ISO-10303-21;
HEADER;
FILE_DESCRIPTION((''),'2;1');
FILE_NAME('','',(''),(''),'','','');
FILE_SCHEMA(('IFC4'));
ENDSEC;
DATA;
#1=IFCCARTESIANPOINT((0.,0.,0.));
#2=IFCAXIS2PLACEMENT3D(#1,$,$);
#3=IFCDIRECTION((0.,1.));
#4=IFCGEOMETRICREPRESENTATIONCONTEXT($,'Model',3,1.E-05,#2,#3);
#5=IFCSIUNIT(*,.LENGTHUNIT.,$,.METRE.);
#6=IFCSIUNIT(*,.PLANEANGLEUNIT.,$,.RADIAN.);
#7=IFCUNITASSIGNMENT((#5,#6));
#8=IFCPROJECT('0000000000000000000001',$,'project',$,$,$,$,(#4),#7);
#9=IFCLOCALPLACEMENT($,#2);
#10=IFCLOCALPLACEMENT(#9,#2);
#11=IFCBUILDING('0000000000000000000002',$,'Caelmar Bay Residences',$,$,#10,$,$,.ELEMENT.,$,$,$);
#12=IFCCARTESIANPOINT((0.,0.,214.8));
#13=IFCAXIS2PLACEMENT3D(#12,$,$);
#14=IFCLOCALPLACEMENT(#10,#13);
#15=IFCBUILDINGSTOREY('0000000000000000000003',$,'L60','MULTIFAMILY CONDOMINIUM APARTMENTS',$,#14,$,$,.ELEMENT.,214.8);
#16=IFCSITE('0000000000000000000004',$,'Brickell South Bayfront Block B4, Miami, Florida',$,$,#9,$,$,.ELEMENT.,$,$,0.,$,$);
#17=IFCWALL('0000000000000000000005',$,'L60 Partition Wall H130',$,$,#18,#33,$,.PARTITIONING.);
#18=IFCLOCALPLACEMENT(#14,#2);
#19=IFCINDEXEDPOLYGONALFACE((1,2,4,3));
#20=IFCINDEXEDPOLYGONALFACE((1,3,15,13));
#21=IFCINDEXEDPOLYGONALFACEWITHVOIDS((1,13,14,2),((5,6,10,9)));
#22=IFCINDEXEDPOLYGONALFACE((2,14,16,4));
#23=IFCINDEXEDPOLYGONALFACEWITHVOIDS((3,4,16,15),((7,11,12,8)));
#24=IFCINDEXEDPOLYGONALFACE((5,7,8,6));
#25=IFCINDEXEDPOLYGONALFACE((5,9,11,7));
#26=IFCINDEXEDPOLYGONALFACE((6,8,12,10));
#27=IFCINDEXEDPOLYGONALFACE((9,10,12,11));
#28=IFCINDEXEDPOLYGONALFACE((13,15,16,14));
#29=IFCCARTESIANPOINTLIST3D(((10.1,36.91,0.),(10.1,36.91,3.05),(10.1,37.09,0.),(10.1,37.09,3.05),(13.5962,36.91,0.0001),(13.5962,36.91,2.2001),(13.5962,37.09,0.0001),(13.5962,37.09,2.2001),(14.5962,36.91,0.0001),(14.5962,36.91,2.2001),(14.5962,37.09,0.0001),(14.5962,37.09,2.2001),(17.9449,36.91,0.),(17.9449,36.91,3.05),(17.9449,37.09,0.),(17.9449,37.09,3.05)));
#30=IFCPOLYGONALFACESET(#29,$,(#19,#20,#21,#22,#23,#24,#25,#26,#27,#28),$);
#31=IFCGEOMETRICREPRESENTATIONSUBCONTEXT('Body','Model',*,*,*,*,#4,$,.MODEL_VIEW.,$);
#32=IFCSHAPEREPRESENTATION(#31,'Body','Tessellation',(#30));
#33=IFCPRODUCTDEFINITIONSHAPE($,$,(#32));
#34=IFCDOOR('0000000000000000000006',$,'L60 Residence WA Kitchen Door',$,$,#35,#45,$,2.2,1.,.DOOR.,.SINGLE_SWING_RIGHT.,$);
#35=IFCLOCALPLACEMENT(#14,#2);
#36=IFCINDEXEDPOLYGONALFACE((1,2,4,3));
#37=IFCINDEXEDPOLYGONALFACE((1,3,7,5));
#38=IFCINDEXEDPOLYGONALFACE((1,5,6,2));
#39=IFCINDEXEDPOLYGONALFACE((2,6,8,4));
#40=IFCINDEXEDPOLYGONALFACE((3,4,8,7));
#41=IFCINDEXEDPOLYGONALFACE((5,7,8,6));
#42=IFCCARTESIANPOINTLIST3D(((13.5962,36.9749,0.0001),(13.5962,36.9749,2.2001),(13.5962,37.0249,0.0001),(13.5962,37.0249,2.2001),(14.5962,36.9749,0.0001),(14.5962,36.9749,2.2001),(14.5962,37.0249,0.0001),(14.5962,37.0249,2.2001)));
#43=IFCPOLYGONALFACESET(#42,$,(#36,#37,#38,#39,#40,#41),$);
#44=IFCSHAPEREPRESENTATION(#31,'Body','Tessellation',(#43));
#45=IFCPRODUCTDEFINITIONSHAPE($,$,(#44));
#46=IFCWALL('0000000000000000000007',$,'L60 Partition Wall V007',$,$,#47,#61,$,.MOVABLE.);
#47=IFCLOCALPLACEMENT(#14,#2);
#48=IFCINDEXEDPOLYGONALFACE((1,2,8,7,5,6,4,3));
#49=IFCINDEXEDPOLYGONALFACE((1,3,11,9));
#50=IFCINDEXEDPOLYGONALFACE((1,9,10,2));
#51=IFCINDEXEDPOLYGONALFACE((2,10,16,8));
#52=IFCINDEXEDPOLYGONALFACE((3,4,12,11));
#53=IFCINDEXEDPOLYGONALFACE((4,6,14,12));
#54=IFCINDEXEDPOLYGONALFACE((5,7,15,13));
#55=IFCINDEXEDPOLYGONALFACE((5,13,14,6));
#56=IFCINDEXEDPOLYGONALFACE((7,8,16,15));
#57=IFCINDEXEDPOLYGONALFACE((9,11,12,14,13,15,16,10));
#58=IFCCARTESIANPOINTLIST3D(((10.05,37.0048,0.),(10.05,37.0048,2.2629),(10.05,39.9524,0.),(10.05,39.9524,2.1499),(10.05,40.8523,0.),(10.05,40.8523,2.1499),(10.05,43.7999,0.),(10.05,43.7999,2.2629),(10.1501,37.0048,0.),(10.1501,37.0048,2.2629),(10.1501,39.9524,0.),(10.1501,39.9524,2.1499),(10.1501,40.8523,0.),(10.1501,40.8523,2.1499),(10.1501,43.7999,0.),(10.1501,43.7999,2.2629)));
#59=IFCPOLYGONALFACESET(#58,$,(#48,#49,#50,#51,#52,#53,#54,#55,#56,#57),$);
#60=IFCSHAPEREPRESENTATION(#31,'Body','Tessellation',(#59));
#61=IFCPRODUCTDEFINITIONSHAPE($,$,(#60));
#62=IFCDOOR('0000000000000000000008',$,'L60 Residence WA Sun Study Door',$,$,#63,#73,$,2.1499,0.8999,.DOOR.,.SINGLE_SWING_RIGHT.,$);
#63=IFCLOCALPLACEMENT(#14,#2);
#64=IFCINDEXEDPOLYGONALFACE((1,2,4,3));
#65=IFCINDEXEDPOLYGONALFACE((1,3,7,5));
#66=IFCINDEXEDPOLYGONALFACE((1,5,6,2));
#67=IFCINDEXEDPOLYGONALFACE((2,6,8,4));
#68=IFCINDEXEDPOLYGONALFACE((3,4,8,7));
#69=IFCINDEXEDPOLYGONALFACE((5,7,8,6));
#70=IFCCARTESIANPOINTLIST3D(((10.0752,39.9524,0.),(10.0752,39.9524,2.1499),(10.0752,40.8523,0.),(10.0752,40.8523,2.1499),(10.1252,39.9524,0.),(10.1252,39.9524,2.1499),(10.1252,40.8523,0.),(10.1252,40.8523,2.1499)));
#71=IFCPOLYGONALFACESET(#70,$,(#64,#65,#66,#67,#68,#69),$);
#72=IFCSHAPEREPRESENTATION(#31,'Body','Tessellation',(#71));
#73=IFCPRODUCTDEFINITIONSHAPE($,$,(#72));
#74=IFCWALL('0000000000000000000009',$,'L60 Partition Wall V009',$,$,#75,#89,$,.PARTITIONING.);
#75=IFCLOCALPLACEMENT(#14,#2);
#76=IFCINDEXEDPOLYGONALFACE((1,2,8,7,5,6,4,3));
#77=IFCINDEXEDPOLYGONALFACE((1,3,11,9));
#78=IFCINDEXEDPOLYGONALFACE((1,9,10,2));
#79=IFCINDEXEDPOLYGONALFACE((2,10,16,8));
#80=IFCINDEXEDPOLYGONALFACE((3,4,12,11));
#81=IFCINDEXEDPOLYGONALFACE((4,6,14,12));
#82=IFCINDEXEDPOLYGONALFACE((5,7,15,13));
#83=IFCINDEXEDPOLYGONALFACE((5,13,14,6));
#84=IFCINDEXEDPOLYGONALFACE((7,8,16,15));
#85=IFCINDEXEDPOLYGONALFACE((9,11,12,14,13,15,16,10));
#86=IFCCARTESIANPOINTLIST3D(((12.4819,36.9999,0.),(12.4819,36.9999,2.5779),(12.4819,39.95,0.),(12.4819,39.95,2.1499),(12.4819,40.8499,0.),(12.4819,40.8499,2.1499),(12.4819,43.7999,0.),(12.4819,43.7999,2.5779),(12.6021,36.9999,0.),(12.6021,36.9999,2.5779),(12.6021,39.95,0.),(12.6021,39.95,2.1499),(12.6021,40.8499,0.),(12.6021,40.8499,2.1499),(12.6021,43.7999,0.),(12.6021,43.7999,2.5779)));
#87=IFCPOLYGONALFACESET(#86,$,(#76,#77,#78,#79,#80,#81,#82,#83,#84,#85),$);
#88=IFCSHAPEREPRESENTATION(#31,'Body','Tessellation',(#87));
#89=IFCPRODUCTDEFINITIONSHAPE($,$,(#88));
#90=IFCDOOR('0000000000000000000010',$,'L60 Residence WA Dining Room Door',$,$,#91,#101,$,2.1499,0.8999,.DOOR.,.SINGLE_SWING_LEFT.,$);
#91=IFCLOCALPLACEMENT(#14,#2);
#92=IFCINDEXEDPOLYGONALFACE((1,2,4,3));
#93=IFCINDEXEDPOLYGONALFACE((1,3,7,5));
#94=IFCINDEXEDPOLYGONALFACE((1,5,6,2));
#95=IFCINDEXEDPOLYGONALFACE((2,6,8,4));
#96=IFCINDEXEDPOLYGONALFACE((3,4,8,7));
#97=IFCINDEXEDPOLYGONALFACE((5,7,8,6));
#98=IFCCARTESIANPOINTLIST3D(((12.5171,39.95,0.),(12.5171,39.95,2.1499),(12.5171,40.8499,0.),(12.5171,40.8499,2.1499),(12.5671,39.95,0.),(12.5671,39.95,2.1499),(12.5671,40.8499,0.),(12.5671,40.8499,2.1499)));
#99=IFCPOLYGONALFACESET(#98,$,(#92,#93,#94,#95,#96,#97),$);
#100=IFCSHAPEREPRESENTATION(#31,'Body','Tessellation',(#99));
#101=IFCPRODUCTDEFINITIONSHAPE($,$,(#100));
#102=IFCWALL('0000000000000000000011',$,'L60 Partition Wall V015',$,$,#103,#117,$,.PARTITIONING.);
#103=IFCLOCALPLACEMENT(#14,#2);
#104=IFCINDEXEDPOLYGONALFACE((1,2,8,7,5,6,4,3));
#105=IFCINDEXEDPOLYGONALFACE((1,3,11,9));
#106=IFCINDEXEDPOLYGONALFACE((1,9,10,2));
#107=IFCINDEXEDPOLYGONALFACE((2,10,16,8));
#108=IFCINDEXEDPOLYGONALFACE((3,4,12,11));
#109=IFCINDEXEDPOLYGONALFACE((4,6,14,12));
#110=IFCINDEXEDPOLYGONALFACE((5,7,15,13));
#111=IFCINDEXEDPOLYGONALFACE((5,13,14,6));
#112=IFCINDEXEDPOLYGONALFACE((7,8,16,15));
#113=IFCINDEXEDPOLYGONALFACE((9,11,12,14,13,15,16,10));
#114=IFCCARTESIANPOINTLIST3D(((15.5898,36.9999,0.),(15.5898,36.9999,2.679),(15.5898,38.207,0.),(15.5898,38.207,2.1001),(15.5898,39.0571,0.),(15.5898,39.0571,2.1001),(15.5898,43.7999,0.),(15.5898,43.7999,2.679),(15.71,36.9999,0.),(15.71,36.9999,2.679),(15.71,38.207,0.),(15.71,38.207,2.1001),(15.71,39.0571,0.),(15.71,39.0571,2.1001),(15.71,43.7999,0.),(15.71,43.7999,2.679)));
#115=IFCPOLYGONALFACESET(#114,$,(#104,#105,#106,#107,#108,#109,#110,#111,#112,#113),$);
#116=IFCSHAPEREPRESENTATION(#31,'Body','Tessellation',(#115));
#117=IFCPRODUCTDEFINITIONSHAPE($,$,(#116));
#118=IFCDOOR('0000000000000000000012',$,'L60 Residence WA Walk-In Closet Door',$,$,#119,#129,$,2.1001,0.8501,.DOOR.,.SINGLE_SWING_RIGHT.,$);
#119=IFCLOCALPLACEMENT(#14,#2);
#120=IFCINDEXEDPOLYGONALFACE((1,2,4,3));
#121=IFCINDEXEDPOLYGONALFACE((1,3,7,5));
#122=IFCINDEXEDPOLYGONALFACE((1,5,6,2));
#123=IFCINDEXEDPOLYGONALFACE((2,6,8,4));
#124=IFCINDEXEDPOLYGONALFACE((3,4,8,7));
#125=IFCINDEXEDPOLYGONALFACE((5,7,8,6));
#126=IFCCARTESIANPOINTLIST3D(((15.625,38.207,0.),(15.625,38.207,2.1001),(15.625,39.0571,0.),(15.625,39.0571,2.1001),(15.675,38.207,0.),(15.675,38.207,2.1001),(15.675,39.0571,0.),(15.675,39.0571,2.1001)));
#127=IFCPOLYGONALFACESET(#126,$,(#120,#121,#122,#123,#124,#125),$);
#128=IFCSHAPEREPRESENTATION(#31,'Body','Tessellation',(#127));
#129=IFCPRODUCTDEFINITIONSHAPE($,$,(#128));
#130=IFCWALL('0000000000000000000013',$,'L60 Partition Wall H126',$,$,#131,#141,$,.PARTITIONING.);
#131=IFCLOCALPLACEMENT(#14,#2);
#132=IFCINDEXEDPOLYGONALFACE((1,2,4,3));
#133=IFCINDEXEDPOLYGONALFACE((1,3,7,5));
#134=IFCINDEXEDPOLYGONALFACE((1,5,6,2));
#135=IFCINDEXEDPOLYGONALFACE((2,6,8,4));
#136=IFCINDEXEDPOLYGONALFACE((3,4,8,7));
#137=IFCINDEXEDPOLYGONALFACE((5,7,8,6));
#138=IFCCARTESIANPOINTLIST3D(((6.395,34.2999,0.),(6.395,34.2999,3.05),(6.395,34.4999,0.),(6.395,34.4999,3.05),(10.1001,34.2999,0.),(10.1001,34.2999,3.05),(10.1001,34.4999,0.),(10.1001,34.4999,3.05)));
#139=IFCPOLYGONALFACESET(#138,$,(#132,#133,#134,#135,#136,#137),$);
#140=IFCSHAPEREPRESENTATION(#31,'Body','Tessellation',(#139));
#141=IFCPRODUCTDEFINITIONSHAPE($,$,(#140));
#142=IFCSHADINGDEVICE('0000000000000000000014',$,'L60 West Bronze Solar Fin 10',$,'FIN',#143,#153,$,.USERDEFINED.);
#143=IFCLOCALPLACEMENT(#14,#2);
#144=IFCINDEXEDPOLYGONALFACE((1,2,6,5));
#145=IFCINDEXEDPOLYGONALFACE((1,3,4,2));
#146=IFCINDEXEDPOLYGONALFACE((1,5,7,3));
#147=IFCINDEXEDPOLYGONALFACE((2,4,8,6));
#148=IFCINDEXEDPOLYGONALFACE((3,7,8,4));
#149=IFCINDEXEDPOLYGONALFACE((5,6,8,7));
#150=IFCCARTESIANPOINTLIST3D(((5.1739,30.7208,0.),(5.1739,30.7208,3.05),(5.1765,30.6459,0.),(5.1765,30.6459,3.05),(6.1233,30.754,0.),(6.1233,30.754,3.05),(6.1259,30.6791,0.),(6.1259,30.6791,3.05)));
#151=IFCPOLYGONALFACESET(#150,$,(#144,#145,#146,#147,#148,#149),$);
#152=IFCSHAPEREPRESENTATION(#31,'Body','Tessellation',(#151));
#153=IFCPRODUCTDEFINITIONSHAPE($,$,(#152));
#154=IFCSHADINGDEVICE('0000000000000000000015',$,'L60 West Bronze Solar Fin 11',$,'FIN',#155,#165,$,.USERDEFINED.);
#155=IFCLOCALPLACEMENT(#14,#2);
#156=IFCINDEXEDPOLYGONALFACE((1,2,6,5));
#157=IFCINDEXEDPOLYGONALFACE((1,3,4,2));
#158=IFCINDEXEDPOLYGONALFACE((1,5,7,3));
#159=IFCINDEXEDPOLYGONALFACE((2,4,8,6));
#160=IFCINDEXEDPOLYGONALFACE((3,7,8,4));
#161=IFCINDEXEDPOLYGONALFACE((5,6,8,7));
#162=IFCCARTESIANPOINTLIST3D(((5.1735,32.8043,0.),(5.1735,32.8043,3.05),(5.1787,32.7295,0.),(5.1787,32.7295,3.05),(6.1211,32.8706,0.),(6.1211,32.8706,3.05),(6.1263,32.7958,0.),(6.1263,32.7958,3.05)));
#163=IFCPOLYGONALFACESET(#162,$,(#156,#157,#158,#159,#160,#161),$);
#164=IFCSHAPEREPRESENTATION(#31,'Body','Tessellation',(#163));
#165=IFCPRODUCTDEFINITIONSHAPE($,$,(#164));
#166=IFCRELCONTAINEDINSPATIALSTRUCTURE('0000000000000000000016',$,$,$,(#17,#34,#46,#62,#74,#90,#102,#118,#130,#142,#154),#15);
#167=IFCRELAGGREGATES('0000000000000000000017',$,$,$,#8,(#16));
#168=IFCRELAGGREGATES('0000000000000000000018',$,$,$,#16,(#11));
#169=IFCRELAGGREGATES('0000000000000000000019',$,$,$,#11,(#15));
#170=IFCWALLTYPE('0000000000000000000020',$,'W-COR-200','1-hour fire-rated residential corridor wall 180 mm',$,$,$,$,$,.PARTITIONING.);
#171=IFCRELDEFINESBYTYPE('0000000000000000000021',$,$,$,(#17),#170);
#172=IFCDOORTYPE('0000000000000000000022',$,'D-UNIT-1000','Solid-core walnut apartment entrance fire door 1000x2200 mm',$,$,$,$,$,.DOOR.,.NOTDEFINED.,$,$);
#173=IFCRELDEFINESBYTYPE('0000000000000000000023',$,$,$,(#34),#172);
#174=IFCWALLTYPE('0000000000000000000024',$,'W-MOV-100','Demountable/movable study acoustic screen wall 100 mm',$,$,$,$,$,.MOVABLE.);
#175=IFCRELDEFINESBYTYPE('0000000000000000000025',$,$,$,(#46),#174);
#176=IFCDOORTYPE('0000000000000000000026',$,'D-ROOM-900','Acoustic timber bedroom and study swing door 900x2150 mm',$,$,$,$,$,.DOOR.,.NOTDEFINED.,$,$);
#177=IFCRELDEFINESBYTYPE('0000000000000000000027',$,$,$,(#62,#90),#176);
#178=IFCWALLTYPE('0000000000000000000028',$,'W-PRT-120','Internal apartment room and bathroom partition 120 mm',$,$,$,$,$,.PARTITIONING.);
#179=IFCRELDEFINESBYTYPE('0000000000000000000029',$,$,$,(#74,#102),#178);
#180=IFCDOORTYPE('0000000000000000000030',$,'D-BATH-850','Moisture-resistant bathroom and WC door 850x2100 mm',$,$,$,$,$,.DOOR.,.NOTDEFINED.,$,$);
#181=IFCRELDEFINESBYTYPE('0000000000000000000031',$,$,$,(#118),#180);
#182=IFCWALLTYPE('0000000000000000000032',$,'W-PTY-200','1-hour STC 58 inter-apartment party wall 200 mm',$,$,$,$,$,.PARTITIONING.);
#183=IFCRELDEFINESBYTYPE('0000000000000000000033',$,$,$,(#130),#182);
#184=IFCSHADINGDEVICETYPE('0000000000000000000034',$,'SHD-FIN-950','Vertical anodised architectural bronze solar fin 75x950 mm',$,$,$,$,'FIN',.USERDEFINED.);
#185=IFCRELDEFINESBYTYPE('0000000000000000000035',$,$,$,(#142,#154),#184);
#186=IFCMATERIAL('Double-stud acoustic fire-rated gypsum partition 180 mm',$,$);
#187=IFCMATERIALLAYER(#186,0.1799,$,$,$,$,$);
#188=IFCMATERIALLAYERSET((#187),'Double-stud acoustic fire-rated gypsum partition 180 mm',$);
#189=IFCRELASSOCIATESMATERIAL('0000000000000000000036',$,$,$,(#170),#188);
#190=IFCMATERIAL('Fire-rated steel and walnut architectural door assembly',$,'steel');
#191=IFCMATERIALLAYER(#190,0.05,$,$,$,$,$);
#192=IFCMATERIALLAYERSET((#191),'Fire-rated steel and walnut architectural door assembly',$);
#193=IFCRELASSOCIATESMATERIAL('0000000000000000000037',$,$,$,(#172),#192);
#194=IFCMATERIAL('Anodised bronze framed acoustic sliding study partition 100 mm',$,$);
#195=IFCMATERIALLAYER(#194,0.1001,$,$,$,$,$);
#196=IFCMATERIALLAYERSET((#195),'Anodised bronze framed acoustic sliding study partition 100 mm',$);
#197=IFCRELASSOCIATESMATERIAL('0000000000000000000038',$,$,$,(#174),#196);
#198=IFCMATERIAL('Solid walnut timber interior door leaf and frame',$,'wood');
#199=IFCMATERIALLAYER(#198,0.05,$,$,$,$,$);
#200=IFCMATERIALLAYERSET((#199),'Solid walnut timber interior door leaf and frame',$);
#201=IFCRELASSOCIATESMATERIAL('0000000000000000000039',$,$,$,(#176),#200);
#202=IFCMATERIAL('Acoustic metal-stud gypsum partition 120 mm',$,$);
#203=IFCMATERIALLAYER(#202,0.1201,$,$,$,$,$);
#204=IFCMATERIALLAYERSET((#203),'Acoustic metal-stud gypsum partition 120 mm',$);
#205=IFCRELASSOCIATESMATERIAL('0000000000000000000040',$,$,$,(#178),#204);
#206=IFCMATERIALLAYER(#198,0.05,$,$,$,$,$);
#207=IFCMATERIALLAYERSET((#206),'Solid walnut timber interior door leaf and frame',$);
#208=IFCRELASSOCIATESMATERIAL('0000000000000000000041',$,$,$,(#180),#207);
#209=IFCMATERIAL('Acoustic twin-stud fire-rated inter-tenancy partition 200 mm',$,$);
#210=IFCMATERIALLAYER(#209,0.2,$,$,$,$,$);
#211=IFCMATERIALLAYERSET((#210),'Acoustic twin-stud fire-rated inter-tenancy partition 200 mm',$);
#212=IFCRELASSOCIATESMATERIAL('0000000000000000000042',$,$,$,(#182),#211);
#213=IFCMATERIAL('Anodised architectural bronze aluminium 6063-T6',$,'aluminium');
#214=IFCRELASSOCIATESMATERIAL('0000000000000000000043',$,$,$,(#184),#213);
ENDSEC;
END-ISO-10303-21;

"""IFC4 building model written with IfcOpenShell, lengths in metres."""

from ifc_helpers import new_model, si_unit, direction, frame, frame_2d, origin, origin_2d, place, context, subcontext, project, spatial, rectangle, extrude, material, layer, layer_set, material_profile, profile_set, type_object, element, fill, save


model = new_model("IFC4")

# Units and contexts
model_context = context("Model", 3, precision=1e-05, world=origin(), true_north=direction((0.0, 1.0)))
body_context = subcontext(model_context, "Body", "Model", "MODEL_VIEW")
ifc_project = project(units=[si_unit("LENGTHUNIT", "METRE"), si_unit("PLANEANGLEUNIT", "RADIAN")], contexts=[model_context])

# Site, building, storey
site_placement = place(None, origin())
site = spatial("IfcSite", under=ifc_project, at=site_placement, Name="Brickell South Bayfront Block B4, Miami, Florida", CompositionType="ELEMENT", RefElevation=0.0)
building_placement = place(site_placement, origin())
building = spatial("IfcBuilding", under=site, at=building_placement, Name="Caelmar Bay Residences", CompositionType="ELEMENT")
storey_placement = place(building_placement, frame((0.0, 0.0, 214.8)))
storey = spatial("IfcBuildingStorey", under=building, at=storey_placement, Name="L60", Description="MULTIFAMILY CONDOMINIUM APARTMENTS", CompositionType="ELEMENT", Elevation=214.8)

# Shared definitions
ifc_material_1 = material(Name="Fire-rated steel and walnut architectural door assembly", Category="steel")

# Shared definitions
ifc_material_2 = material(Name="Double-stud acoustic fire-rated gypsum partition 180 mm")
ifc_layer_1 = layer(ifc_material_2, 0.1799)
ifc_layer_set_1 = layer_set([ifc_layer_1], Name="Double-stud acoustic fire-rated gypsum partition 180 mm")
wall_type_1 = type_object("IfcWallType", Name="W-COR-200", Description="1-hour fire-rated residential corridor wall 180 mm", PredefinedType="PARTITIONING", material=ifc_layer_set_1)

# Shared definitions
ifc_layer_2 = layer(ifc_material_1, 0.05)
ifc_layer_set_2 = layer_set([ifc_layer_2], Name="Fire-rated steel and walnut architectural door assembly")
door_type_1 = type_object("IfcDoorType", Name="D-UNIT-1000", Description="Solid-core walnut apartment entrance fire door 1000x2200 mm", OperationType="NOTDEFINED", PredefinedType="DOOR", material=ifc_layer_set_2)

# Walls, openings, doors
wall_1_placement = place(storey_placement, frame((10.1001, 37.0, 0.0), z_axis=(0.0, 0.0, 1.0), x_axis=(1.0, 0.0, 0.0)))
wall_1 = element("IfcWall", 1, at=wall_1_placement, inside=storey, type_object=wall_type_1, Name="L60 Partition Wall H130", PredefinedType="PARTITIONING", context=body_context, shape_type="SweptSolid", body=[
    extrude(rectangle(XDim=7.845, YDim=0.1799, at=frame_2d((3.9224, 0.0))), origin(), (0.0, 0.0, 1.0), 3.05),
])
opening_1_placement = place(wall_1_placement, frame((3.4961, 0.0, 0.0)))
opening_1 = element("IfcOpeningElement", 2, at=opening_1_placement, cuts=wall_1, PredefinedType="OPENING", context=body_context, shape_type="SweptSolid", body=[
    extrude(rectangle(XDim=1.0, YDim=2.2, at=frame_2d((0.5, 1.1001))), frame((0.0, 0.0999, 0.0), z_axis=(0.0, -1.0, 0.0), x_axis=(1.0, 0.0, 0.0)), (0.0, 0.0, 1.0), 0.2),
])
door_1_placement = place(opening_1_placement, origin())
door_1 = element("IfcDoor", 3, at=door_1_placement, inside=storey, type_object=door_type_1, Name="L60 Residence WA Kitchen Door", OperationType="SINGLE_SWING_RIGHT", OverallHeight=2.2, OverallWidth=1.0, PredefinedType="DOOR", context=body_context, shape_type="SweptSolid", body=[
    extrude(rectangle(XDim=1.0, YDim=2.2, at=frame_2d((0.5, 1.1001))), frame((0.0, 0.0249, 0.0), z_axis=(0.0, -1.0, 0.0), x_axis=(1.0, 0.0, 0.0)), (0.0, 0.0, 1.0), 0.05),
])
fill(opening_1, door_1)
ifc_material_3 = material(Name="Anodised bronze framed acoustic sliding study partition 100 mm")
ifc_layer_3 = layer(ifc_material_3, 0.1001)
ifc_layer_set_3 = layer_set([ifc_layer_3], Name="Anodised bronze framed acoustic sliding study partition 100 mm")
wall_type_2 = type_object("IfcWallType", Name="W-MOV-100", Description="Demountable/movable study acoustic screen wall 100 mm", PredefinedType="MOVABLE", material=ifc_layer_set_3)
wall_2_placement = place(storey_placement, frame((10.1001, 37.0049, 0.0), z_axis=(0.0, 0.0, 1.0), x_axis=(0.0, 1.0, 0.0)))
wall_2 = element("IfcWall", 4, at=wall_2_placement, inside=storey, type_object=wall_type_2, Name="L60 Partition Wall V007", PredefinedType="MOVABLE", context=body_context, shape_type="SweptSolid", body=[
    extrude(rectangle(XDim=6.7952, YDim=0.1001, at=frame_2d((3.3975, 0.0))), origin(), (0.0, 0.0, 1.0), 2.2629),
])
opening_2_placement = place(wall_2_placement, frame((2.9475, 0.0, 0.0)))
opening_2 = element("IfcOpeningElement", 5, at=opening_2_placement, cuts=wall_2, PredefinedType="OPENING", context=body_context, shape_type="SweptSolid", body=[
    extrude(rectangle(XDim=0.8999, YDim=2.1499, at=frame_2d((0.45, 1.075))), frame((0.0, 0.0601, 0.0), z_axis=(0.0, -1.0, 0.0), x_axis=(1.0, 0.0, 0.0)), (0.0, 0.0, 1.0), 0.1201),
])
ifc_material_4 = material(Name="Solid walnut timber interior door leaf and frame", Category="wood")
ifc_layer_4 = layer(ifc_material_4, 0.05)
ifc_layer_set_4 = layer_set([ifc_layer_4], Name="Solid walnut timber interior door leaf and frame")
door_type_2 = type_object("IfcDoorType", Name="D-ROOM-900", Description="Acoustic timber bedroom and study swing door 900x2150 mm", OperationType="NOTDEFINED", PredefinedType="DOOR", material=ifc_layer_set_4)
door_2_placement = place(opening_2_placement, origin())
door_2 = element("IfcDoor", 6, at=door_2_placement, inside=storey, type_object=door_type_2, Name="L60 Residence WA Sun Study Door", OperationType="SINGLE_SWING_RIGHT", OverallHeight=2.1499, OverallWidth=0.8999, PredefinedType="DOOR", context=body_context, shape_type="SweptSolid", body=[
    extrude(rectangle(XDim=0.8999, YDim=2.1499, at=frame_2d((0.45, 1.075))), frame((0.0, 0.0249, 0.0), z_axis=(0.0, -1.0, 0.0), x_axis=(1.0, 0.0, 0.0)), (0.0, 0.0, 1.0), 0.05),
])
fill(opening_2, door_2)
ifc_material_5 = material(Name="Acoustic metal-stud gypsum partition 120 mm")
ifc_layer_5 = layer(ifc_material_5, 0.1201)
ifc_layer_set_5 = layer_set([ifc_layer_5], Name="Acoustic metal-stud gypsum partition 120 mm")
wall_type_3 = type_object("IfcWallType", Name="W-PRT-120", Description="Internal apartment room and bathroom partition 120 mm", PredefinedType="PARTITIONING", material=ifc_layer_set_5)
wall_3_placement = place(storey_placement, frame((12.542, 37.0, 0.0), z_axis=(0.0, 0.0, 1.0), x_axis=(0.0, 1.0, 0.0)))
wall_3 = element("IfcWall", 7, at=wall_3_placement, inside=storey, type_object=wall_type_3, Name="L60 Partition Wall V009", PredefinedType="PARTITIONING", context=body_context, shape_type="SweptSolid", body=[
    extrude(rectangle(XDim=6.8, YDim=0.1201, at=frame_2d((3.3999, 0.0))), origin(), (0.0, 0.0, 1.0), 2.5779),
])
opening_3_placement = place(wall_3_placement, frame((2.95, 0.0, 0.0)))
opening_3 = element("IfcOpeningElement", 8, at=opening_3_placement, cuts=wall_3, PredefinedType="OPENING", context=body_context, shape_type="SweptSolid", body=[
    extrude(rectangle(XDim=0.8999, YDim=2.1499, at=frame_2d((0.45, 1.075))), frame((0.0, 0.0701, 0.0), z_axis=(0.0, -1.0, 0.0), x_axis=(1.0, 0.0, 0.0)), (0.0, 0.0, 1.0), 0.1401),
])
door_3_placement = place(opening_3_placement, origin())
door_3 = element("IfcDoor", 9, at=door_3_placement, inside=storey, type_object=door_type_2, Name="L60 Residence WA Dining Room Door", OperationType="SINGLE_SWING_LEFT", OverallHeight=2.1499, OverallWidth=0.8999, PredefinedType="DOOR", context=body_context, shape_type="SweptSolid", body=[
    extrude(rectangle(XDim=0.8999, YDim=2.1499, at=frame_2d((0.45, 1.075))), frame((0.0, 0.0249, 0.0), z_axis=(0.0, -1.0, 0.0), x_axis=(1.0, 0.0, 0.0)), (0.0, 0.0, 1.0), 0.05),
])
fill(opening_3, door_3)
wall_4_placement = place(storey_placement, frame((15.6499, 37.0, 0.0), z_axis=(0.0, 0.0, 1.0), x_axis=(0.0, 1.0, 0.0)))
wall_4 = element("IfcWall", 10, at=wall_4_placement, inside=storey, type_object=wall_type_3, Name="L60 Partition Wall V015", PredefinedType="PARTITIONING", context=body_context, shape_type="SweptSolid", body=[
    extrude(rectangle(XDim=6.8, YDim=0.1201, at=frame_2d((3.3999, 0.0))), origin(), (0.0, 0.0, 1.0), 2.679),
])
opening_4_placement = place(wall_4_placement, frame((1.207, 0.0, 0.0)))
opening_4 = element("IfcOpeningElement", 11, at=opening_4_placement, cuts=wall_4, PredefinedType="OPENING", context=body_context, shape_type="SweptSolid", body=[
    extrude(rectangle(XDim=0.8501, YDim=2.1001, at=frame_2d((0.425, 1.05))), frame((0.0, 0.0701, 0.0), z_axis=(0.0, -1.0, 0.0), x_axis=(1.0, 0.0, 0.0)), (0.0, 0.0, 1.0), 0.1401),
])
ifc_layer_6 = layer(ifc_material_4, 0.05)
ifc_layer_set_6 = layer_set([ifc_layer_6], Name="Solid walnut timber interior door leaf and frame")
door_type_3 = type_object("IfcDoorType", Name="D-BATH-850", Description="Moisture-resistant bathroom and WC door 850x2100 mm", OperationType="NOTDEFINED", PredefinedType="DOOR", material=ifc_layer_set_6)
door_4_placement = place(opening_4_placement, origin())
door_4 = element("IfcDoor", 12, at=door_4_placement, inside=storey, type_object=door_type_3, Name="L60 Residence WA Walk-In Closet Door", OperationType="SINGLE_SWING_RIGHT", OverallHeight=2.1001, OverallWidth=0.8501, PredefinedType="DOOR", context=body_context, shape_type="SweptSolid", body=[
    extrude(rectangle(XDim=0.8501, YDim=2.1001, at=frame_2d((0.425, 1.05))), frame((0.0, 0.0249, 0.0), z_axis=(0.0, -1.0, 0.0), x_axis=(1.0, 0.0, 0.0)), (0.0, 0.0, 1.0), 0.05),
])
fill(opening_4, door_4)

# Wall
ifc_material_6 = material(Name="Acoustic twin-stud fire-rated inter-tenancy partition 200 mm")
ifc_layer_7 = layer(ifc_material_6, 0.2)
ifc_layer_set_7 = layer_set([ifc_layer_7], Name="Acoustic twin-stud fire-rated inter-tenancy partition 200 mm")
wall_type_4 = type_object("IfcWallType", Name="W-PTY-200", Description="1-hour STC 58 inter-apartment party wall 200 mm", PredefinedType="PARTITIONING", material=ifc_layer_set_7)
wall_5_placement = place(storey_placement, frame((6.395, 34.3999, 0.0), z_axis=(0.0, 0.0, 1.0), x_axis=(1.0, 0.0, 0.0)))
element("IfcWall", 13, at=wall_5_placement, inside=storey, type_object=wall_type_4, Name="L60 Partition Wall H126", PredefinedType="PARTITIONING", context=body_context, shape_type="SweptSolid", body=[
    extrude(rectangle(XDim=3.7051, YDim=0.2, at=frame_2d((1.8525, 0.0))), origin(), (0.0, 0.0, 1.0), 3.05),
])

# Shading devices
ifc_material_7 = material(Name="Anodised architectural bronze aluminium 6063-T6", Category="aluminium")
ifc_material_profile_1 = material_profile(ifc_material_7, rectangle(XDim=0.075, YDim=0.95, at=origin_2d()), Name="BRONZE-FIN-75X950")
ifc_profile_set_1 = profile_set([ifc_material_profile_1], Name="Anodised architectural bronze aluminium 6063-T6")
shading_device_type = type_object("IfcShadingDeviceType", Name="SHD-FIN-950", Description="Vertical anodised architectural bronze solar fin 75x950 mm", ElementType="FIN", PredefinedType="USERDEFINED", material=ifc_profile_set_1)
for number, where, z_axis, x_axis, name in (
    (14, (5.6499, 30.7, 0.0), (0.0, 0.0, 1.0), (-0.034899, 0.999391, 0.0), "L60 West Bronze Solar Fin 10"),
    (15, (5.6499, 32.8, 0.0), (0.0, 0.0, 1.0), (-0.069756, 0.997564, 0.0), "L60 West Bronze Solar Fin 11"),
):
    element("IfcShadingDevice", number, at=place(storey_placement, frame(where, z_axis=z_axis, x_axis=x_axis)), inside=storey, type_object=shading_device_type, Name=name, ObjectType="FIN", PredefinedType="USERDEFINED", context=body_context, shape_type="SweptSolid", body=[
        extrude(rectangle(XDim=0.075, YDim=0.95, at=origin_2d()), origin(), (0.0, 0.0, 1.0), 3.05),
    ])

save(model, "model.ifc")
